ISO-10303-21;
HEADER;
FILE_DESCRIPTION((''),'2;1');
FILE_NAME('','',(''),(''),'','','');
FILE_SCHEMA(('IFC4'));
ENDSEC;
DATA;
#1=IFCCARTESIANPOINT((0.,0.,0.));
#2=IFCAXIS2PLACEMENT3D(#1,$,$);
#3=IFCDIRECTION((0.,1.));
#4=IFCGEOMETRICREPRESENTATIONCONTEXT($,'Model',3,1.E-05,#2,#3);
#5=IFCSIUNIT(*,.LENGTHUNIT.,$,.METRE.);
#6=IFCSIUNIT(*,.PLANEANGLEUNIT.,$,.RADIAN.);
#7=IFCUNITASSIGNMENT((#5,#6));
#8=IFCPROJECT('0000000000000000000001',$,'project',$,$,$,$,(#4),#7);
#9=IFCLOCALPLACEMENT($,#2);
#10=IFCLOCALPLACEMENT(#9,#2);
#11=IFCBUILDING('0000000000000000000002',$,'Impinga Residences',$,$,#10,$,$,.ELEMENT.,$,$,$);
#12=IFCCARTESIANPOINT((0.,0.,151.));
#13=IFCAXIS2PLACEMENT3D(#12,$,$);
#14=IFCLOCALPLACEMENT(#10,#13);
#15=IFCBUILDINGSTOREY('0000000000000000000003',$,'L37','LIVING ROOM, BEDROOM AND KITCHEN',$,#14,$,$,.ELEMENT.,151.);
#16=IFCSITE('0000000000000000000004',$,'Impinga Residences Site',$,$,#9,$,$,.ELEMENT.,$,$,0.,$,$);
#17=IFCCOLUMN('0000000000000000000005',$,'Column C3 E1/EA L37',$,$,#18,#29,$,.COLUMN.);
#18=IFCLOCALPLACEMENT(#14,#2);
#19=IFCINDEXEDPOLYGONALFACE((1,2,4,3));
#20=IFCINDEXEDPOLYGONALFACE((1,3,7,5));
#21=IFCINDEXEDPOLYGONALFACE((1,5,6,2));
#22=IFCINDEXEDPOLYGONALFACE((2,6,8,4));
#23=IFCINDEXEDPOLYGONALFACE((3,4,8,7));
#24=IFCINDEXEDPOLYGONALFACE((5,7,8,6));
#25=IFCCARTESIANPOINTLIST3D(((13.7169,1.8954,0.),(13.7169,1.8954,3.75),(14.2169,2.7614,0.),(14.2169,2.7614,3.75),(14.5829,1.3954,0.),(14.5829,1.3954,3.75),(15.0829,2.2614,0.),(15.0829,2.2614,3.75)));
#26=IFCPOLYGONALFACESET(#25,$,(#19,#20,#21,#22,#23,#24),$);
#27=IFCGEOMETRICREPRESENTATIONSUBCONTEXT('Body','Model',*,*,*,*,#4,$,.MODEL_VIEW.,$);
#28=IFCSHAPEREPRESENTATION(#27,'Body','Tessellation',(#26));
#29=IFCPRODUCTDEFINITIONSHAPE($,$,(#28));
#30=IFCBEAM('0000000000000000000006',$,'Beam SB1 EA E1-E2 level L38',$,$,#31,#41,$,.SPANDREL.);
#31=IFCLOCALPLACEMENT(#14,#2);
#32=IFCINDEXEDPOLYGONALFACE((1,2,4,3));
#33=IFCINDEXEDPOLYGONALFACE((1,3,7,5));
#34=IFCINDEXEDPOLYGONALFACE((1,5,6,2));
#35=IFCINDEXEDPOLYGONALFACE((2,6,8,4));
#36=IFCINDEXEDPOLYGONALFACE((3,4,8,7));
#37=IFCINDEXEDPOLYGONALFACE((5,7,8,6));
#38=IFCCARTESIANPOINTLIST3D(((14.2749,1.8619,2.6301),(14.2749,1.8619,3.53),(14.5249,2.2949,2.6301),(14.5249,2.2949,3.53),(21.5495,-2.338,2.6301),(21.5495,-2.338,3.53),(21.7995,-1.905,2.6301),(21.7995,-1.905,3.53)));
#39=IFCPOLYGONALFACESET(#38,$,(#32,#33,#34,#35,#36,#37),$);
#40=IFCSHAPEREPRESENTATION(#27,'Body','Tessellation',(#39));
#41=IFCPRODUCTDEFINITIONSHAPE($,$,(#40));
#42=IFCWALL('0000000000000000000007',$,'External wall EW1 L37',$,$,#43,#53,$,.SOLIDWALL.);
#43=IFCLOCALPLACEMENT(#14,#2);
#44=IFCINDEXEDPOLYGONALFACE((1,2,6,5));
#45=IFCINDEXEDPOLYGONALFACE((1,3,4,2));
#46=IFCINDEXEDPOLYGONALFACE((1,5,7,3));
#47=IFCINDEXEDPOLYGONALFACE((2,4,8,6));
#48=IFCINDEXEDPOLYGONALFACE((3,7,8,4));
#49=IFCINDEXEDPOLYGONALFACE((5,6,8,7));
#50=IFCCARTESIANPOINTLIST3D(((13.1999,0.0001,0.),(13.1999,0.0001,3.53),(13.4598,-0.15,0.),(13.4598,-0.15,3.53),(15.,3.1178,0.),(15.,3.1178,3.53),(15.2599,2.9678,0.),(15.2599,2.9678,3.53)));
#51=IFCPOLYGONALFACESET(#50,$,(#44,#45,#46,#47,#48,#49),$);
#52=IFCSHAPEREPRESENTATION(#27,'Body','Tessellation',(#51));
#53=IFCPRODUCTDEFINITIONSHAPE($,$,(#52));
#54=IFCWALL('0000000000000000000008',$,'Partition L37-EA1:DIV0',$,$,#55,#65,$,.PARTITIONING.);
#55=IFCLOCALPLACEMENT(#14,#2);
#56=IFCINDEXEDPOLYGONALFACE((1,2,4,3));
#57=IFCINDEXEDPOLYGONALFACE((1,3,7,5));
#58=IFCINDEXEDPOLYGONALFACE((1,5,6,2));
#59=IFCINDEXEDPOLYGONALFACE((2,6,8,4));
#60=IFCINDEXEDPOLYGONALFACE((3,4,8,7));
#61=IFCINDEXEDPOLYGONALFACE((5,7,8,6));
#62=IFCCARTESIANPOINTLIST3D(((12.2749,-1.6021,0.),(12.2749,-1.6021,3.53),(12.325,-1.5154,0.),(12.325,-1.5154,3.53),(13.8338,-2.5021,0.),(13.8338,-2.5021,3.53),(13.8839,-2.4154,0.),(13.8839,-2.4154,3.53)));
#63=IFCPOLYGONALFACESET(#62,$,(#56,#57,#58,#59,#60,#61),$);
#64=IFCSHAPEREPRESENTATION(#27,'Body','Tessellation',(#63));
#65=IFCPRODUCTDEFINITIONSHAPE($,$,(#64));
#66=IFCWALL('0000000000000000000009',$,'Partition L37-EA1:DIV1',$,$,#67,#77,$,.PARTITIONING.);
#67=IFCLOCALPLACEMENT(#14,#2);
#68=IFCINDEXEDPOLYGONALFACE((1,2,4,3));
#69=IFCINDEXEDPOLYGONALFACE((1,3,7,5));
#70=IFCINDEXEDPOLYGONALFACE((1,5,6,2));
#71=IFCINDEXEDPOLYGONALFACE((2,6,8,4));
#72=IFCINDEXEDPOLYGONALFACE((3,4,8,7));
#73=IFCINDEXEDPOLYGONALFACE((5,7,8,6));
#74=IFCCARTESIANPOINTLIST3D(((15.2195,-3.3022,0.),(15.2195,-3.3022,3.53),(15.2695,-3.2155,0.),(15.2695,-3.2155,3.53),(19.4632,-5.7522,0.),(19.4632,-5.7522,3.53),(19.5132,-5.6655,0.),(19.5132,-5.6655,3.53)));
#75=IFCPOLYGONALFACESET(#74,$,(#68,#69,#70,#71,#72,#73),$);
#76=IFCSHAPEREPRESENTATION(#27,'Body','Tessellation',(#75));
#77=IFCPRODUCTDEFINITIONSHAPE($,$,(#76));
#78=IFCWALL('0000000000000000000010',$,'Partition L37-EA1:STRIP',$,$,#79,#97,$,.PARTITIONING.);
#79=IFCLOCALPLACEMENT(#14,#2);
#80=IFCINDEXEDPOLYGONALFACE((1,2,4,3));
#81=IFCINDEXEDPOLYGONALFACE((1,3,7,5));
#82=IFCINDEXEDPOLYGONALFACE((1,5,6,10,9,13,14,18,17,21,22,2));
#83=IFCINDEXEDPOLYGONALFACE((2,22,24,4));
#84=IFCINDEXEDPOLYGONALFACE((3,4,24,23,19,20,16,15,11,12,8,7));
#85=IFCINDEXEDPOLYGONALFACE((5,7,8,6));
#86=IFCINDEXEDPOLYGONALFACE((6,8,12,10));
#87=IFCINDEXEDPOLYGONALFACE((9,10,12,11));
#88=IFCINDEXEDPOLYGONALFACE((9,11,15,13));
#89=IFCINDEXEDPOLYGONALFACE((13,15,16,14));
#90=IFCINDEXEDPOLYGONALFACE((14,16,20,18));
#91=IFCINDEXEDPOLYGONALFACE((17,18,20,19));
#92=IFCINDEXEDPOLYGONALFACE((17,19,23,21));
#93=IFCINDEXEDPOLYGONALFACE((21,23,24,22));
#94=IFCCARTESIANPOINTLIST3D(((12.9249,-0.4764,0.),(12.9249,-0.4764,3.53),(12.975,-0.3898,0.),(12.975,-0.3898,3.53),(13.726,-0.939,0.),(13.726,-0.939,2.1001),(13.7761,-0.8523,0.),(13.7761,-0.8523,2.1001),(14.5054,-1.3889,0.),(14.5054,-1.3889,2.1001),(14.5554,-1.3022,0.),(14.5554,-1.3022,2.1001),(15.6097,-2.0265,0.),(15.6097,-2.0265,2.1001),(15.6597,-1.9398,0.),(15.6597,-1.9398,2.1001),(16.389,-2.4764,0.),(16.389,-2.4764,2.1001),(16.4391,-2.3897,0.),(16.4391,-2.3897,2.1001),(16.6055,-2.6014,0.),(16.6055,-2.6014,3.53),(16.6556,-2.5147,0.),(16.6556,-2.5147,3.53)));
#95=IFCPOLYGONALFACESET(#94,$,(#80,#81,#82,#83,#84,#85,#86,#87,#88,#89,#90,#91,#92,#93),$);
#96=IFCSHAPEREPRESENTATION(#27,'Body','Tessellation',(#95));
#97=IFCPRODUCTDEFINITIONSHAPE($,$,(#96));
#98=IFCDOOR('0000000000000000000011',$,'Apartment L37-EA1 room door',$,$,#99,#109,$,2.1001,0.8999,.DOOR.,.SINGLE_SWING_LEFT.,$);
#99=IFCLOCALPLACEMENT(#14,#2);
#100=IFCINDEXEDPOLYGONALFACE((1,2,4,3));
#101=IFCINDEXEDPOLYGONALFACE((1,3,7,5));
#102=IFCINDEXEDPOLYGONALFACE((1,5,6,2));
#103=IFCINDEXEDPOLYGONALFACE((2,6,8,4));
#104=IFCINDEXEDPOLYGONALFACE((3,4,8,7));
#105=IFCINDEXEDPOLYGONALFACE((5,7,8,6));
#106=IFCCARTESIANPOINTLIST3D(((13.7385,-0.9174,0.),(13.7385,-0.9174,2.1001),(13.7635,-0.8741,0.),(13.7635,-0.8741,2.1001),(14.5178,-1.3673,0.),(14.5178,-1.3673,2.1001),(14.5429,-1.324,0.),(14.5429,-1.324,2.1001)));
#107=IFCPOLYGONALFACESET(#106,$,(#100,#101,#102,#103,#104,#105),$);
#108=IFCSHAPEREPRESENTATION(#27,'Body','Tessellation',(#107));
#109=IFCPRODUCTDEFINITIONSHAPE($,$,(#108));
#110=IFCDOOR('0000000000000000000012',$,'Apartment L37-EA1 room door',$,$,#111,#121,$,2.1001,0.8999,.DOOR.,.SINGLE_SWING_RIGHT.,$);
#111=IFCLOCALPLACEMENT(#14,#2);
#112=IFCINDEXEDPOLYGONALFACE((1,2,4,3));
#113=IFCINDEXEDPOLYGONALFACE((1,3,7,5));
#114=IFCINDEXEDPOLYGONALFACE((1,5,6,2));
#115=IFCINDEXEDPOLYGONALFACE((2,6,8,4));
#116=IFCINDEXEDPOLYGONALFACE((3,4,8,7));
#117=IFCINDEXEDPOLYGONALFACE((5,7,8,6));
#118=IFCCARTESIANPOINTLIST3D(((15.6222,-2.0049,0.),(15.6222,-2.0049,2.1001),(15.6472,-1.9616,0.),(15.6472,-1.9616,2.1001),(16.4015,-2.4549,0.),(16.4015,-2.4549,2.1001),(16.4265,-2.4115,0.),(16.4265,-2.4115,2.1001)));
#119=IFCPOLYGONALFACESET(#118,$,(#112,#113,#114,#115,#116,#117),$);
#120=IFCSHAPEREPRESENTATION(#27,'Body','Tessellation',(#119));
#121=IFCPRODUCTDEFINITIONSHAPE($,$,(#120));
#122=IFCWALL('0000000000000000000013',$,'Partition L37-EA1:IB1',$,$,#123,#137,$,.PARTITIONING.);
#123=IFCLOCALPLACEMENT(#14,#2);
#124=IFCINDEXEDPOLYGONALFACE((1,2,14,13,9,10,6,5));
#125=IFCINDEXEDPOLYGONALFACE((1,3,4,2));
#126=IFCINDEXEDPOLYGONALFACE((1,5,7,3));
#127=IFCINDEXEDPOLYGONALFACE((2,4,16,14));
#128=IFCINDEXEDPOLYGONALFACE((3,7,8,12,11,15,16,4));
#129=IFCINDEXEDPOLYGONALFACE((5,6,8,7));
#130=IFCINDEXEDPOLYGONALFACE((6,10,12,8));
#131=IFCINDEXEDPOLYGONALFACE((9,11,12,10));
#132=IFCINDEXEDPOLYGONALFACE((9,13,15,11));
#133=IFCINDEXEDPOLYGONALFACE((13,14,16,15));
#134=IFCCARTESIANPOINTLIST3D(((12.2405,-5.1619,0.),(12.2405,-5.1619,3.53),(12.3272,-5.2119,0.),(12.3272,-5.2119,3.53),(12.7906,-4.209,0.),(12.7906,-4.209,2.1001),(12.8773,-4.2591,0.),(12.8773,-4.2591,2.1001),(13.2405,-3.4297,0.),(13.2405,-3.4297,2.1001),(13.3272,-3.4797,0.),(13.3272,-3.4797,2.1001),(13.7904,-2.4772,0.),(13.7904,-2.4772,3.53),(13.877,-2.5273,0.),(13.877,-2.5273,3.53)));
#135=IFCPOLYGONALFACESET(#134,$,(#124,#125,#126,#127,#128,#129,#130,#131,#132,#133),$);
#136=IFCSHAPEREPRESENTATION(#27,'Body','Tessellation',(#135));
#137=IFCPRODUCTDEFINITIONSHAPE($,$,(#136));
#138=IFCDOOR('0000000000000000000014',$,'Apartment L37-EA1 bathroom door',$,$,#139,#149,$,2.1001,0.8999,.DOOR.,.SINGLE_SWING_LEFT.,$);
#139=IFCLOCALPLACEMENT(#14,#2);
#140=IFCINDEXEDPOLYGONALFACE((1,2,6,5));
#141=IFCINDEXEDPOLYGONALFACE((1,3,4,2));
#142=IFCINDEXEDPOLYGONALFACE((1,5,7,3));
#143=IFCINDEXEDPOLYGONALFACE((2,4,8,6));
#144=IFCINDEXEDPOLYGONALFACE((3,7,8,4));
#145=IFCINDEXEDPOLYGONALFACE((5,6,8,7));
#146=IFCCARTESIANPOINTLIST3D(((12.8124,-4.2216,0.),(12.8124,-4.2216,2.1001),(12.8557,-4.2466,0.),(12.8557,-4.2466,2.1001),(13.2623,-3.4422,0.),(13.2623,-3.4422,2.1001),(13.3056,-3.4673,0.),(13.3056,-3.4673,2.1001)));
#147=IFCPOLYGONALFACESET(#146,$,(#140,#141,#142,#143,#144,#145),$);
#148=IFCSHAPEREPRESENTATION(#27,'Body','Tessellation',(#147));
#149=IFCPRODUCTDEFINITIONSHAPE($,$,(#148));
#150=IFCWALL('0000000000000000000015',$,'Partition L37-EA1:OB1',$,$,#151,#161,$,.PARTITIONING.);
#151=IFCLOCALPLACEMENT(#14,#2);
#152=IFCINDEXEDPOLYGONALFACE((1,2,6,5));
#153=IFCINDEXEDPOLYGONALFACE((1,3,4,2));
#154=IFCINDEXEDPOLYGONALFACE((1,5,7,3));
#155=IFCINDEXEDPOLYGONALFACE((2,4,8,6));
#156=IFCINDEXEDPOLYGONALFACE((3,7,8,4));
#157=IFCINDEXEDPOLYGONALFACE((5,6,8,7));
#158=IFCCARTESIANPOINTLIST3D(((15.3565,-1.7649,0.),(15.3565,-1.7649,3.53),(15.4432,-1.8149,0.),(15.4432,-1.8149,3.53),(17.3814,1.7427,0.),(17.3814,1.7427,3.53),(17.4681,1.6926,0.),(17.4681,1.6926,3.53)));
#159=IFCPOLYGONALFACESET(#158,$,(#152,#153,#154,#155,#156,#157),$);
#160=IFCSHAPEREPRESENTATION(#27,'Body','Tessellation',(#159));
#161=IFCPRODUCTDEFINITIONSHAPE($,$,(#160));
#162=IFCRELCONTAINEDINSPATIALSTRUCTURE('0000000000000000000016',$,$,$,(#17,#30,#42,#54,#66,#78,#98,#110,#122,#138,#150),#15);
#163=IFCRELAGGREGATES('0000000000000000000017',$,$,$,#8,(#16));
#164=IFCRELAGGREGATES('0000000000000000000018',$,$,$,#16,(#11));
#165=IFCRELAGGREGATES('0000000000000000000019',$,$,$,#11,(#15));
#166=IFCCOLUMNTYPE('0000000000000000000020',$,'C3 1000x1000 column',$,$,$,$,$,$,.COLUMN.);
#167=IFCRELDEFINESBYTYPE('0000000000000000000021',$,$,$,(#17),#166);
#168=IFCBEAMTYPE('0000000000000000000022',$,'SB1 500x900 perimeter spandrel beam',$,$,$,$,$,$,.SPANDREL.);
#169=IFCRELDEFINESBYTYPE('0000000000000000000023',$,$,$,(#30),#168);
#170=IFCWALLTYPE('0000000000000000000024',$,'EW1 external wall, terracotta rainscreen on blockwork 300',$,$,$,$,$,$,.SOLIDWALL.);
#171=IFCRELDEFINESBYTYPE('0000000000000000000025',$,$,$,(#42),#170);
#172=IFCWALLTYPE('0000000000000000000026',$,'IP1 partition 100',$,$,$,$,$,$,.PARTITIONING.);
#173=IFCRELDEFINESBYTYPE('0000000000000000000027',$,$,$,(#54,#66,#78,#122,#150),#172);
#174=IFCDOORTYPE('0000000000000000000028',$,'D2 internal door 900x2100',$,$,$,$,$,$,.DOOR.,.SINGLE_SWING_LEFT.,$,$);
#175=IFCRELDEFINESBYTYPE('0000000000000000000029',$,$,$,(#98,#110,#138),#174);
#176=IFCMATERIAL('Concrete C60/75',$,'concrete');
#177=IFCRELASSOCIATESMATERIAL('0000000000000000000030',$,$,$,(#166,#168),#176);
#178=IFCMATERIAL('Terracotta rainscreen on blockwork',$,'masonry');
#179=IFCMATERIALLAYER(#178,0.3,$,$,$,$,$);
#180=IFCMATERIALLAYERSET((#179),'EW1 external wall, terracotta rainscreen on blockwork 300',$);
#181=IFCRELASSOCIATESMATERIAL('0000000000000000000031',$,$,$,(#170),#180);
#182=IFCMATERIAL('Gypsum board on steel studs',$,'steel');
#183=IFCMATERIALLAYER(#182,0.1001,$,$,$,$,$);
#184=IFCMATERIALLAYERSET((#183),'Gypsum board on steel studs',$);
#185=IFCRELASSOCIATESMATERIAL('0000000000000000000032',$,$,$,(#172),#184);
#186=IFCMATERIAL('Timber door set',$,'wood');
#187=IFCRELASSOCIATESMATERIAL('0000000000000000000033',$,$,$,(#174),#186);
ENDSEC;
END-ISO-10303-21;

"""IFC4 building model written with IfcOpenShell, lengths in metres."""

from ifc_helpers import new_model, si_unit, direction, frame, frame_2d, origin, origin_2d, place, context, subcontext, project, spatial, rectangle, extrude, material, layer, layer_set, material_profile, profile_set, type_object, element, fill, save


model = new_model("IFC4")

# Units and contexts
model_context = context("Model", 3, precision=1e-05, world=origin(), true_north=direction((0.0, 1.0)))
body_context = subcontext(model_context, "Body", "Model", "MODEL_VIEW")
ifc_project = project(units=[si_unit("LENGTHUNIT", "METRE"), si_unit("PLANEANGLEUNIT", "RADIAN")], contexts=[model_context])

# Site, building, storey
site_placement = place(None, origin())
site = spatial("IfcSite", under=ifc_project, at=site_placement, Name="Impinga Residences Site", CompositionType="ELEMENT", RefElevation=0.0)
building_placement = place(site_placement, origin())
building = spatial("IfcBuilding", under=site, at=building_placement, Name="Impinga Residences", CompositionType="ELEMENT")
storey_placement = place(building_placement, frame((0.0, 0.0, 151.0)))
storey = spatial("IfcBuildingStorey", under=building, at=storey_placement, Name="L37", Description="LIVING ROOM, BEDROOM AND KITCHEN", CompositionType="ELEMENT", Elevation=151.0)

# Column
ifc_material_1 = material(Name="Concrete C60/75", Category="concrete")
ifc_material_profile_1 = material_profile(ifc_material_1, rectangle(XDim=1.0, YDim=1.0, at=origin_2d()), Name="RC 1000x1000")
ifc_profile_set_1 = profile_set([ifc_material_profile_1], Name="Concrete C60/75")
column_type = type_object("IfcColumnType", Name="C3 1000x1000 column", PredefinedType="COLUMN", material=ifc_profile_set_1)
column_placement = place(storey_placement, frame((14.3999, 2.0784, 0.0), z_axis=(0.0, 0.0, 1.0), x_axis=(-0.5, -0.866025, 0.0)))
element("IfcColumn", 1, at=column_placement, inside=storey, type_object=column_type, Name="Column C3 E1/EA L37", PredefinedType="COLUMN", context=body_context, shape_type="SweptSolid", body=[
    extrude(rectangle(XDim=1.0, YDim=1.0, at=origin_2d()), origin(), (0.0, 0.0, 1.0), 3.75),
])

# Beam
ifc_material_profile_2 = material_profile(ifc_material_1, rectangle(XDim=0.5, YDim=0.8999, at=origin_2d()), Name="RC 500x900")
ifc_profile_set_2 = profile_set([ifc_material_profile_2], Name="Concrete C60/75")
beam_type = type_object("IfcBeamType", Name="SB1 500x900 perimeter spandrel beam", PredefinedType="SPANDREL", material=ifc_profile_set_2)
beam_placement = place(storey_placement, frame((14.3999, 2.0784, 3.0801), z_axis=(0.866029, -0.499993, 0.0), x_axis=(0.499993, 0.866029, 0.0)))
element("IfcBeam", 2, at=beam_placement, inside=storey, type_object=beam_type, Name="Beam SB1 EA E1-E2 level L38", PredefinedType="SPANDREL", context=body_context, shape_type="SweptSolid", body=[
    extrude(rectangle(XDim=0.5, YDim=0.8999, at=origin_2d()), origin(), (0.0, 0.0, 1.0), 8.3999),
])

# Wall
ifc_material_2 = material(Name="Terracotta rainscreen on blockwork", Category="masonry")
ifc_layer_1 = layer(ifc_material_2, 0.3)
ifc_layer_set_1 = layer_set([ifc_layer_1], Name="EW1 external wall, terracotta rainscreen on blockwork 300")
wall_type_1 = type_object("IfcWallType", Name="EW1 external wall, terracotta rainscreen on blockwork 300", PredefinedType="SOLIDWALL", material=ifc_layer_set_1)
wall_1_placement = place(storey_placement, frame((13.3298, -0.075, 0.0), z_axis=(0.0, 0.0, 1.0), x_axis=(0.500012, 0.866018, 0.0)))
element("IfcWall", 3, at=wall_1_placement, inside=storey, type_object=wall_type_1, Name="External wall EW1 L37", PredefinedType="SOLIDWALL", context=body_context, shape_type="SweptSolid", body=[
    extrude(rectangle(XDim=3.6001, YDim=0.3, at=frame_2d((1.8, 0.0))), origin(), (0.0, 0.0, 1.0), 3.53),
])

# Walls
ifc_material_3 = material(Name="Gypsum board on steel studs", Category="steel")
ifc_layer_2 = layer(ifc_material_3, 0.1001)
ifc_layer_set_2 = layer_set([ifc_layer_2], Name="Gypsum board on steel studs")
wall_type_2 = type_object("IfcWallType", Name="IP1 partition 100", PredefinedType="PARTITIONING", material=ifc_layer_set_2)
wall_2_placement = place(storey_placement, frame((12.3, -1.5588, 0.0), z_axis=(0.0, 0.0, 1.0), x_axis=(0.866048, -0.499961, 0.0)))
element("IfcWall", 4, at=wall_2_placement, inside=storey, type_object=wall_type_2, Name="Partition L37-EA1:DIV0", PredefinedType="PARTITIONING", context=body_context, shape_type="SweptSolid", body=[
    extrude(rectangle(XDim=1.8, YDim=0.1001, at=frame_2d((0.8999, 0.0))), origin(), (0.0, 0.0, 1.0), 3.53),
])
wall_3_placement = place(storey_placement, frame((15.2444, -3.2588, 0.0), z_axis=(0.0, 0.0, 1.0), x_axis=(0.866036, -0.499981, 0.0)))
element("IfcWall", 5, at=wall_3_placement, inside=storey, type_object=wall_type_2, Name="Partition L37-EA1:DIV1", PredefinedType="PARTITIONING", context=body_context, shape_type="SweptSolid", body=[
    extrude(rectangle(XDim=4.9001, YDim=0.1001, at=frame_2d((2.4502, 0.0))), origin(), (0.0, 0.0, 1.0), 3.53),
])

# Wall, openings, doors
wall_4_placement = place(storey_placement, frame((12.95, -0.4331, 0.0), z_axis=(0.0, 0.0, 1.0), x_axis=(0.866029, -0.499994, 0.0)))
wall_4 = element("IfcWall", 6, at=wall_4_placement, inside=storey, type_object=wall_type_2, Name="Partition L37-EA1:STRIP", PredefinedType="PARTITIONING", context=body_context, shape_type="SweptSolid", body=[
    extrude(rectangle(XDim=4.25, YDim=0.1001, at=frame_2d((2.125, 0.0))), origin(), (0.0, 0.0, 1.0), 3.53),
])
opening_1_placement = place(wall_4_placement, frame((0.925, 0.0, 0.0)))
opening_1 = element("IfcOpeningElement", 7, at=opening_1_placement, cuts=wall_4, PredefinedType="OPENING", context=body_context, shape_type="SweptSolid", body=[
    extrude(rectangle(XDim=0.8999, YDim=2.1001, at=frame_2d((0.45, 1.05))), frame((0.0, 0.0601, 0.0), z_axis=(0.0, -1.0, 0.0), x_axis=(1.0, 0.0, 0.0)), (0.0, 0.0, 1.0), 0.1201),
])
opening_2_placement = place(wall_4_placement, frame((3.1001, 0.0, 0.0)))
opening_2 = element("IfcOpeningElement", 8, at=opening_2_placement, cuts=wall_4, PredefinedType="OPENING", context=body_context, shape_type="SweptSolid", body=[
    extrude(rectangle(XDim=0.8999, YDim=2.1001, at=frame_2d((0.45, 1.05))), frame((0.0, 0.0601, 0.0), z_axis=(0.0, -1.0, 0.0), x_axis=(1.0, 0.0, 0.0)), (0.0, 0.0, 1.0), 0.1201),
])
ifc_material_4 = material(Name="Timber door set", Category="wood")
door_type_1 = type_object("IfcDoorType", Name="D2 internal door 900x2100", OperationType="SINGLE_SWING_LEFT", PredefinedType="DOOR", material=ifc_material_4)
door_1_placement = place(opening_1_placement, origin())
door_1 = element("IfcDoor", 9, at=door_1_placement, inside=storey, type_object=door_type_1, Name="Apartment L37-EA1 room door", OperationType="SINGLE_SWING_LEFT", OverallHeight=2.1001, OverallWidth=0.8999, PredefinedType="DOOR", context=body_context, shape_type="SweptSolid", body=[
    extrude(rectangle(XDim=0.8999, YDim=2.1001, at=frame_2d((0.45, 1.05))), frame((0.0, 0.0249, 0.0), z_axis=(0.0, -1.0, 0.0), x_axis=(1.0, 0.0, 0.0)), (0.0, 0.0, 1.0), 0.05),
])
fill(opening_1, door_1)
door_2_placement = place(opening_2_placement, origin())
door_2 = element("IfcDoor", 10, at=door_2_placement, inside=storey, type_object=door_type_1, Name="Apartment L37-EA1 room door", OperationType="SINGLE_SWING_RIGHT", OverallHeight=2.1001, OverallWidth=0.8999, PredefinedType="DOOR", context=body_context, shape_type="SweptSolid", body=[
    extrude(rectangle(XDim=0.8999, YDim=2.1001, at=frame_2d((0.45, 1.05))), frame((0.0, 0.0249, 0.0), z_axis=(0.0, -1.0, 0.0), x_axis=(1.0, 0.0, 0.0)), (0.0, 0.0, 1.0), 0.05),
])
fill(opening_2, door_2)

# Wall, opening, door
wall_5_placement = place(storey_placement, frame((12.2839, -5.1868, 0.0), z_axis=(0.0, 0.0, 1.0), x_axis=(0.499968, 0.866044, 0.0)))
wall_5 = element("IfcWall", 11, at=wall_5_placement, inside=storey, type_object=wall_type_2, Name="Partition L37-EA1:IB1", PredefinedType="PARTITIONING", context=body_context, shape_type="SweptSolid", body=[
    extrude(rectangle(XDim=3.0999, YDim=0.1001, at=frame_2d((1.5498, 0.0))), origin(), (0.0, 0.0, 1.0), 3.53),
])
opening_3_placement = place(wall_5_placement, frame((1.1001, 0.0, 0.0)))
opening_3 = element("IfcOpeningElement", 12, at=opening_3_placement, cuts=wall_5, PredefinedType="OPENING", context=body_context, shape_type="SweptSolid", body=[
    extrude(rectangle(XDim=0.8999, YDim=2.1001, at=frame_2d((0.45, 1.05))), frame((0.0, 0.0601, 0.0), z_axis=(0.0, -1.0, 0.0), x_axis=(1.0, 0.0, 0.0)), (0.0, 0.0, 1.0), 0.1201),
])
door_3_placement = place(opening_3_placement, origin())
door_3 = element("IfcDoor", 13, at=door_3_placement, inside=storey, type_object=door_type_1, Name="Apartment L37-EA1 bathroom door", OperationType="SINGLE_SWING_LEFT", OverallHeight=2.1001, OverallWidth=0.8999, PredefinedType="DOOR", context=body_context, shape_type="SweptSolid", body=[
    extrude(rectangle(XDim=0.8999, YDim=2.1001, at=frame_2d((0.45, 1.05))), frame((0.0, 0.0249, 0.0), z_axis=(0.0, -1.0, 0.0), x_axis=(1.0, 0.0, 0.0)), (0.0, 0.0, 1.0), 0.05),
])
fill(opening_3, door_3)

# Wall
wall_6_placement = place(storey_placement, frame((15.3999, -1.7898, 0.0), z_axis=(0.0, 0.0, 1.0), x_axis=(0.499964, 0.866046, 0.0)))
element("IfcWall", 14, at=wall_6_placement, inside=storey, type_object=wall_type_2, Name="Partition L37-EA1:OB1", PredefinedType="PARTITIONING", context=body_context, shape_type="SweptSolid", body=[
    extrude(rectangle(XDim=4.05, YDim=0.1001, at=frame_2d((2.0249, 0.0))), origin(), (0.0, 0.0, 1.0), 3.53),
])

save(model, "model.ifc")
